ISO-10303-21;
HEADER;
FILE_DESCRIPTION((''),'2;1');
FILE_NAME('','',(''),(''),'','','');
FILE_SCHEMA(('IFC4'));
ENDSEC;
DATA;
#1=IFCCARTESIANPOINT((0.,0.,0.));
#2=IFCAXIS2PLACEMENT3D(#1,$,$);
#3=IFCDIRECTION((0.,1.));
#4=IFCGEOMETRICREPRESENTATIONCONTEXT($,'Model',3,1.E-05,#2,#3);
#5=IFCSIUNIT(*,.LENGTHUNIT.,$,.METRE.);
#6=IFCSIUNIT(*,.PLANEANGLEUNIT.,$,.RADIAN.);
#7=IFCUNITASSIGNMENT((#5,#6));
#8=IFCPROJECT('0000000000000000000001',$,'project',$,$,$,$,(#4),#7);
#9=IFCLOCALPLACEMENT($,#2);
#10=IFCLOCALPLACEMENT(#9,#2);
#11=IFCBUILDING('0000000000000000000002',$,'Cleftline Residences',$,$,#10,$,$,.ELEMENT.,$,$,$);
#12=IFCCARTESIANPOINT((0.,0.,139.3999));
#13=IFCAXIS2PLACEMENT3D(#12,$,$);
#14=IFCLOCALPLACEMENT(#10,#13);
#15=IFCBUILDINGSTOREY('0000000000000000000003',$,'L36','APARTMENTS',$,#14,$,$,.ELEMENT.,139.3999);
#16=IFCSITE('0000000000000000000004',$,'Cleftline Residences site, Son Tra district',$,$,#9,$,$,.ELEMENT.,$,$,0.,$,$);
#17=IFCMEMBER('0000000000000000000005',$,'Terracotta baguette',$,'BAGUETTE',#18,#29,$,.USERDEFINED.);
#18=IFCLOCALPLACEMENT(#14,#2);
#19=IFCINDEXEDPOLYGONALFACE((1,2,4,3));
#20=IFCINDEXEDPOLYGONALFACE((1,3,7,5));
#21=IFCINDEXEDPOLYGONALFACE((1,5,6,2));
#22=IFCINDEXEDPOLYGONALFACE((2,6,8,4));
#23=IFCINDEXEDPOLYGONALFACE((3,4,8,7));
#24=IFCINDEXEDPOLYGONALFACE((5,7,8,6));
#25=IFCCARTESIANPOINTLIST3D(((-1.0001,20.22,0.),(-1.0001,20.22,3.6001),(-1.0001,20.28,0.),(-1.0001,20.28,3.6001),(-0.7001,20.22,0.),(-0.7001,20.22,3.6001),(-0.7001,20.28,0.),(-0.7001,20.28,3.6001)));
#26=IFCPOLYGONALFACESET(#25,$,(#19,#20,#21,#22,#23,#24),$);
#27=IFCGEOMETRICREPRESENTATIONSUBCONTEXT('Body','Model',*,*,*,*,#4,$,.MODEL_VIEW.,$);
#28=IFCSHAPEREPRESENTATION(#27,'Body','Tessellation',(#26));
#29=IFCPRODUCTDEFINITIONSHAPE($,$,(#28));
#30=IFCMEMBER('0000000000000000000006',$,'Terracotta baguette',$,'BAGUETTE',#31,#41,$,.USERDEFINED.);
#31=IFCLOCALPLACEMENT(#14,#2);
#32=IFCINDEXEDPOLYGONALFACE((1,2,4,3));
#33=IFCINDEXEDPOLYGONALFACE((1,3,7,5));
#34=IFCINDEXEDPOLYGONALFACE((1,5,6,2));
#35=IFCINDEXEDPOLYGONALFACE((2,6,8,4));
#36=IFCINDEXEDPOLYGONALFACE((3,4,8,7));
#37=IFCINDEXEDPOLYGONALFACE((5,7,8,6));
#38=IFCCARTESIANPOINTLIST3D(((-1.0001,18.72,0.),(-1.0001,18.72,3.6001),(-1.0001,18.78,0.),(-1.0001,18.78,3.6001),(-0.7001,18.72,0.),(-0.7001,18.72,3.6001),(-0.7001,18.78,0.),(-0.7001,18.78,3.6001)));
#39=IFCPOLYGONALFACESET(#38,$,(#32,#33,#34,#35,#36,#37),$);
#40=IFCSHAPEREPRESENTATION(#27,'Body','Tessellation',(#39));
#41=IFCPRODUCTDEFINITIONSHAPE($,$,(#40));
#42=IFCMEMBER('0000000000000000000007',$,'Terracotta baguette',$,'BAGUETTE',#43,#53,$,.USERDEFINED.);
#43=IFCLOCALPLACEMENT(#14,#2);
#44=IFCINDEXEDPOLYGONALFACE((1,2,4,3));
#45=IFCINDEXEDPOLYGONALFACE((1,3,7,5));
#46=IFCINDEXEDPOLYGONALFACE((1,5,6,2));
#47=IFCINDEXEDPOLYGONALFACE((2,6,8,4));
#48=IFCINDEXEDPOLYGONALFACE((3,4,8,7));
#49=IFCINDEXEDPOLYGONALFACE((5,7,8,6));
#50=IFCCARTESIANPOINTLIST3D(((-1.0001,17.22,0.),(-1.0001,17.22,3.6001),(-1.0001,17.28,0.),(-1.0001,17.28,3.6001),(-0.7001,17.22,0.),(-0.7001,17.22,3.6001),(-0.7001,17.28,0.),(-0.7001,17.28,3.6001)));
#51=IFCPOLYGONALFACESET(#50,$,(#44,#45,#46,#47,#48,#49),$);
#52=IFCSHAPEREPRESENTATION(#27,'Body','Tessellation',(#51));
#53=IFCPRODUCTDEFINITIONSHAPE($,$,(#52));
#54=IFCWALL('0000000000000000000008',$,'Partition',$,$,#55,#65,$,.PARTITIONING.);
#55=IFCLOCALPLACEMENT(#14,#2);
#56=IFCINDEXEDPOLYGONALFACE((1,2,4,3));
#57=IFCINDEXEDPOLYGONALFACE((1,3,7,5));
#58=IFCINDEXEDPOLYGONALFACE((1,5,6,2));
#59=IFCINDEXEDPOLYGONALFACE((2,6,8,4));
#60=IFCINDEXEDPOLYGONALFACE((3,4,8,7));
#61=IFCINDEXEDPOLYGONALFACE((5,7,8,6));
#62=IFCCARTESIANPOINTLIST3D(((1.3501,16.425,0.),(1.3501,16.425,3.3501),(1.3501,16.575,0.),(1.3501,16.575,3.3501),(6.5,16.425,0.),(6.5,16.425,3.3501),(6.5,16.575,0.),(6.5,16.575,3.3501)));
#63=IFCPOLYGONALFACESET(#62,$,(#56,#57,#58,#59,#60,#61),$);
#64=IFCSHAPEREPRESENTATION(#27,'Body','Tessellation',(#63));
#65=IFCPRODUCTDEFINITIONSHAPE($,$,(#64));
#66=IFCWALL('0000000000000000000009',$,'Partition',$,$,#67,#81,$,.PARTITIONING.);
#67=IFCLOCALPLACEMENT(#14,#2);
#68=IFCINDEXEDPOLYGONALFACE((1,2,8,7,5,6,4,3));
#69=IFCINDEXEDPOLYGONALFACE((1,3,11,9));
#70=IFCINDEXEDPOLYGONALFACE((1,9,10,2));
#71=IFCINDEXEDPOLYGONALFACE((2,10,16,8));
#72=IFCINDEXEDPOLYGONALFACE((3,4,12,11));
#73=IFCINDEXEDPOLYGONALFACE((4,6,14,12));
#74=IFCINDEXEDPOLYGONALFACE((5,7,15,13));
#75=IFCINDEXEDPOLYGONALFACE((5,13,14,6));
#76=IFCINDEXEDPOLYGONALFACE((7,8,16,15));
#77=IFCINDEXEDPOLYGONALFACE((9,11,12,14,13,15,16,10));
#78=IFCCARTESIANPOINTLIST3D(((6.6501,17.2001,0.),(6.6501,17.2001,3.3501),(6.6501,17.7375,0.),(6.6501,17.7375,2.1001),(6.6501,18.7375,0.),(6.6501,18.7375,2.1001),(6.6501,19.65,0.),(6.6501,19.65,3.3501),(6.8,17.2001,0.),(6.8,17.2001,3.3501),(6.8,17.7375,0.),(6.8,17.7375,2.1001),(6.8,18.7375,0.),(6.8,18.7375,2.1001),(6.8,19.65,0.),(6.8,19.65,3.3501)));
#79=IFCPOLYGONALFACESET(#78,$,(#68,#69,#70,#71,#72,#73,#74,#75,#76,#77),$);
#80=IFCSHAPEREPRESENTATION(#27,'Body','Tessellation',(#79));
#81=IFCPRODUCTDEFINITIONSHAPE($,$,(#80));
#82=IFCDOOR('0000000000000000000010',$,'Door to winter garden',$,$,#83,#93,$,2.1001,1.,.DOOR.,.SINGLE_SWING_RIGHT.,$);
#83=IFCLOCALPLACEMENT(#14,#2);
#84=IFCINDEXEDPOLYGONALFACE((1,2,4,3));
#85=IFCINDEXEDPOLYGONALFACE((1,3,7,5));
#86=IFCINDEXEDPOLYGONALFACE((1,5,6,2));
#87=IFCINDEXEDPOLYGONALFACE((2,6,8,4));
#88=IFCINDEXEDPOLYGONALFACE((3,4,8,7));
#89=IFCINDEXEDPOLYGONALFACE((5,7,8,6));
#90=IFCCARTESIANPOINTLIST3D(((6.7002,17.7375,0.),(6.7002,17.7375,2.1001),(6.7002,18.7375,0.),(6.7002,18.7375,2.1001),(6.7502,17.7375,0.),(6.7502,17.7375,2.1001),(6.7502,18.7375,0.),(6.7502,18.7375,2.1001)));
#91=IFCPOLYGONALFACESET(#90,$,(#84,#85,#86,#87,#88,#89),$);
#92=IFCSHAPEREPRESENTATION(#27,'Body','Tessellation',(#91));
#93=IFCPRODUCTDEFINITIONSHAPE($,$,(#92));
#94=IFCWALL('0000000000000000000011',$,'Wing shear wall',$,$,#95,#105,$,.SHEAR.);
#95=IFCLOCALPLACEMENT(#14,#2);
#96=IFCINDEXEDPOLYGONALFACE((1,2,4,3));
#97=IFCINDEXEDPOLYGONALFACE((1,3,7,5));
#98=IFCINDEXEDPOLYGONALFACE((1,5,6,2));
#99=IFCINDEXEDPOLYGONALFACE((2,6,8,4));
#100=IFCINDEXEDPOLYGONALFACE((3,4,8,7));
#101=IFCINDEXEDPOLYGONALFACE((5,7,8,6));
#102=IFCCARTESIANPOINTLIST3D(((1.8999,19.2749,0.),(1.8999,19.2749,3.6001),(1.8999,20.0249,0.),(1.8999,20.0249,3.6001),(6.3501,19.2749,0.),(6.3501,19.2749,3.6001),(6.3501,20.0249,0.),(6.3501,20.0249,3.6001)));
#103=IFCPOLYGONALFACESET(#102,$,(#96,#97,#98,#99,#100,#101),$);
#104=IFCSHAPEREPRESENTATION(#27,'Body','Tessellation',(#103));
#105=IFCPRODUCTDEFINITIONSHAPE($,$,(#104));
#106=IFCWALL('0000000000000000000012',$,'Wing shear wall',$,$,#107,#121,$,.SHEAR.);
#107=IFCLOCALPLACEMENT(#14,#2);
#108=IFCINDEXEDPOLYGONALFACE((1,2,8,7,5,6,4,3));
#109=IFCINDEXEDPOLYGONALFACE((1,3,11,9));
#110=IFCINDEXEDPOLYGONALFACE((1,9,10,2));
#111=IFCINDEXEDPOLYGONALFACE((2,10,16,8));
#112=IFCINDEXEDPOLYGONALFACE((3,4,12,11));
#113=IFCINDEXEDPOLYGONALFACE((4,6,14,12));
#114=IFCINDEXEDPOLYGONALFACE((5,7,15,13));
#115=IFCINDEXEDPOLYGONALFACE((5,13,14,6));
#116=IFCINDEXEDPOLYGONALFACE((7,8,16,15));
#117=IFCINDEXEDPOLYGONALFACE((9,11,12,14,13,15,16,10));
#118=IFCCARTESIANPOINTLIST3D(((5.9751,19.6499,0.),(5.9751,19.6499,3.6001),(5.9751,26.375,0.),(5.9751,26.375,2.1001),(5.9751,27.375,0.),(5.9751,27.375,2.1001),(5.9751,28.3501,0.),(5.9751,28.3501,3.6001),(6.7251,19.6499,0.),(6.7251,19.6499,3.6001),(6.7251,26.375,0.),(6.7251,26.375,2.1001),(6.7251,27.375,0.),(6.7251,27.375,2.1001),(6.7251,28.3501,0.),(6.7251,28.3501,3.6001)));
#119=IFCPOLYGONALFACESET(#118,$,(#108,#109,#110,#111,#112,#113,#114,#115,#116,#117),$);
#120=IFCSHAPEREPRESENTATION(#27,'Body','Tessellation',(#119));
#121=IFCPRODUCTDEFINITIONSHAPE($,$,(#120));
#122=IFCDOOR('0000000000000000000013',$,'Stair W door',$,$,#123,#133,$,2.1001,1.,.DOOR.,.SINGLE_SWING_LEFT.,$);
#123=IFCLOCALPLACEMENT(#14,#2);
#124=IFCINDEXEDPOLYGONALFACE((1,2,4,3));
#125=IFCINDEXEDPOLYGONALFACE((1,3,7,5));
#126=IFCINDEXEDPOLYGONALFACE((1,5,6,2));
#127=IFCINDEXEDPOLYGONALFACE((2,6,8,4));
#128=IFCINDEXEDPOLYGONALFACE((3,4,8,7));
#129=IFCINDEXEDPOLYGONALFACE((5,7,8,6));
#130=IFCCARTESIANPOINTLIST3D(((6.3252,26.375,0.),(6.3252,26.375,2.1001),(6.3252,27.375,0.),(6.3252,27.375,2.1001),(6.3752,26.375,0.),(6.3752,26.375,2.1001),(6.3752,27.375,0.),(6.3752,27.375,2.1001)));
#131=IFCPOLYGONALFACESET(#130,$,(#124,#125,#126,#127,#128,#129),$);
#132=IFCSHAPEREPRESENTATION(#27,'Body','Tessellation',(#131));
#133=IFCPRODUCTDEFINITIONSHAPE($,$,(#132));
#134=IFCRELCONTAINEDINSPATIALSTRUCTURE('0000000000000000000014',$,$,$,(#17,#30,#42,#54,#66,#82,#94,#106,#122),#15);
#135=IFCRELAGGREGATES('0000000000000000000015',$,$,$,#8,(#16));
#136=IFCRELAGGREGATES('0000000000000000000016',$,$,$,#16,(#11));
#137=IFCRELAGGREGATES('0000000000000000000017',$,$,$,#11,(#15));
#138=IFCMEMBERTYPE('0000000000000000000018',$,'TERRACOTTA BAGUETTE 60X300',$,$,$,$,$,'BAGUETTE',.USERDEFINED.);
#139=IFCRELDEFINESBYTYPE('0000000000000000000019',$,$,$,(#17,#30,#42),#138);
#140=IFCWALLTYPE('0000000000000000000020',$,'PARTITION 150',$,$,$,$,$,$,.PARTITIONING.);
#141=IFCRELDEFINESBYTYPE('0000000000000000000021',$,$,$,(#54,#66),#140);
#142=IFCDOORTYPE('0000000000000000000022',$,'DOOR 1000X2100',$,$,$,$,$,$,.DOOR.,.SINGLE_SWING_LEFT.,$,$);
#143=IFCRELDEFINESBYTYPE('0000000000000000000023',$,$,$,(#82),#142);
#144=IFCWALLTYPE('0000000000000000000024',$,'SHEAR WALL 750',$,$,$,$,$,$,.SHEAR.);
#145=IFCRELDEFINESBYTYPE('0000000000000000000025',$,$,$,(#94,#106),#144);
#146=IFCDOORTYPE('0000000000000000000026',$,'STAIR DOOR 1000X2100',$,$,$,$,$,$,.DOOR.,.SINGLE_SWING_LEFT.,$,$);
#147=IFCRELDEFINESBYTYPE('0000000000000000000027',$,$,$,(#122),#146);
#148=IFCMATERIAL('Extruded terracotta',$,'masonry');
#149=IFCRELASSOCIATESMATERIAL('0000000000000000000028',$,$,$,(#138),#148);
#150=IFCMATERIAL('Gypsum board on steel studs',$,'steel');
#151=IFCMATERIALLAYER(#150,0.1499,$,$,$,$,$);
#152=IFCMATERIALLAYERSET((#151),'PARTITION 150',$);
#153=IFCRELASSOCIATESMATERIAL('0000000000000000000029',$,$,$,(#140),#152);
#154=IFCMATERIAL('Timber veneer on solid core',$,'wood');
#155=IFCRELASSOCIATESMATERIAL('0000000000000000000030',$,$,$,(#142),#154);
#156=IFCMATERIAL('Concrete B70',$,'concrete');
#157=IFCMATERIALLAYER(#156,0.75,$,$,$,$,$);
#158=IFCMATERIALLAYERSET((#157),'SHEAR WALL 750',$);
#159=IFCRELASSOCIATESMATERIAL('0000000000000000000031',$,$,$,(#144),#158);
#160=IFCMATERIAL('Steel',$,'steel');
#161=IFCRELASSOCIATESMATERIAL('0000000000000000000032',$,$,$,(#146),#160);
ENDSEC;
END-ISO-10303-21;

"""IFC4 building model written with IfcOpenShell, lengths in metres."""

from ifc_helpers import new_model, si_unit, direction, frame, frame_2d, origin, origin_2d, place, context, subcontext, project, spatial, rectangle, extrude, material, layer, layer_set, material_profile, profile_set, type_object, element, fill, save


model = new_model("IFC4")

# Units and contexts
model_context = context("Model", 3, precision=1e-05, world=origin(), true_north=direction((0.0, 1.0)))
body_context = subcontext(model_context, "Body", "Model", "MODEL_VIEW")
ifc_project = project(units=[si_unit("LENGTHUNIT", "METRE"), si_unit("PLANEANGLEUNIT", "RADIAN")], contexts=[model_context])

# Site, building, storey
site_placement = place(None, origin())
site = spatial("IfcSite", under=ifc_project, at=site_placement, Name="Cleftline Residences site, Son Tra district", CompositionType="ELEMENT", RefElevation=0.0)
building_placement = place(site_placement, origin())
building = spatial("IfcBuilding", under=site, at=building_placement, Name="Cleftline Residences", CompositionType="ELEMENT")
storey_placement = place(building_placement, frame((0.0, 0.0, 139.3999)))
storey = spatial("IfcBuildingStorey", under=building, at=storey_placement, Name="L36", Description="APARTMENTS", CompositionType="ELEMENT", Elevation=139.3999)

# Members
ifc_material_1 = material(Name="Extruded terracotta", Category="masonry")
ifc_material_profile_1 = material_profile(ifc_material_1, rectangle(XDim=0.0601, YDim=0.3, at=origin_2d()))
ifc_profile_set_1 = profile_set([ifc_material_profile_1], Name="Extruded terracotta")
member_type = type_object("IfcMemberType", Name="TERRACOTTA BAGUETTE 60X300", ElementType="BAGUETTE", PredefinedType="USERDEFINED", material=ifc_profile_set_1)
for number, where, z_axis, x_axis, name in (
    (1, (-0.8501, 20.25, 0.0), (0.0, 0.0, 1.0), (0.0, 1.0, 0.0), "Terracotta baguette"),
    (2, (-0.8501, 18.75, 0.0), (0.0, 0.0, 1.0), (0.0, 1.0, 0.0), "Terracotta baguette"),
    (3, (-0.8501, 17.25, 0.0), (0.0, 0.0, 1.0), (0.0, 1.0, 0.0), "Terracotta baguette"),
):
    element("IfcMember", number, at=place(storey_placement, frame(where, z_axis=z_axis, x_axis=x_axis)), inside=storey, type_object=member_type, Name=name, ObjectType="BAGUETTE", PredefinedType="USERDEFINED", context=body_context, shape_type="SweptSolid", body=[
        extrude(rectangle(XDim=0.0601, YDim=0.3, at=origin_2d()), origin(), (0.0, 0.0, 1.0), 3.6001),
    ])

# Wall
ifc_material_2 = material(Name="Gypsum board on steel studs", Category="steel")
ifc_layer_1 = layer(ifc_material_2, 0.1499)
ifc_layer_set_1 = layer_set([ifc_layer_1], Name="PARTITION 150")
wall_type_1 = type_object("IfcWallType", Name="PARTITION 150", PredefinedType="PARTITIONING", material=ifc_layer_set_1)
wall_1_placement = place(storey_placement, frame((1.3501, 16.5, 0.0), z_axis=(0.0, 0.0, 1.0), x_axis=(1.0, 0.0, 0.0)))
element("IfcWall", 4, at=wall_1_placement, inside=storey, type_object=wall_type_1, Name="Partition", PredefinedType="PARTITIONING", context=body_context, shape_type="SweptSolid", body=[
    extrude(rectangle(XDim=5.1499, YDim=0.1499, at=frame_2d((2.575, 0.0))), origin(), (0.0, 0.0, 1.0), 3.3501),
])

# Wall, opening, door
wall_2_placement = place(storey_placement, frame((6.7251, 17.2, 0.0), z_axis=(0.0, 0.0, 1.0), x_axis=(0.0, 1.0, 0.0)))
wall_2 = element("IfcWall", 5, at=wall_2_placement, inside=storey, type_object=wall_type_1, Name="Partition", PredefinedType="PARTITIONING", context=body_context, shape_type="SweptSolid", body=[
    extrude(rectangle(XDim=2.45, YDim=0.1499, at=frame_2d((1.2251, 0.0))), origin(), (0.0, 0.0, 1.0), 3.3501),
])
opening_1_placement = place(wall_2_placement, frame((0.5376, 0.0, 0.0)))
opening_1 = element("IfcOpeningElement", 6, at=opening_1_placement, cuts=wall_2, PredefinedType="OPENING", context=body_context, shape_type="SweptSolid", body=[
    extrude(rectangle(XDim=1.0, YDim=2.1001, at=frame_2d((0.5, 1.05))), frame((0.0, 0.085, 0.0), z_axis=(0.0, -1.0, 0.0), x_axis=(1.0, 0.0, 0.0)), (0.0, 0.0, 1.0), 0.1699),
])
ifc_material_3 = material(Name="Timber veneer on solid core", Category="wood")
door_type_1 = type_object("IfcDoorType", Name="DOOR 1000X2100", OperationType="SINGLE_SWING_LEFT", PredefinedType="DOOR", material=ifc_material_3)
door_1_placement = place(opening_1_placement, origin())
door_1 = element("IfcDoor", 7, at=door_1_placement, inside=storey, type_object=door_type_1, Name="Door to winter garden", OperationType="SINGLE_SWING_RIGHT", OverallHeight=2.1001, OverallWidth=1.0, PredefinedType="DOOR", context=body_context, shape_type="SweptSolid", body=[
    extrude(rectangle(XDim=1.0, YDim=2.1001, at=frame_2d((0.5, 1.05))), frame((0.0, 0.0249, 0.0), z_axis=(0.0, -1.0, 0.0), x_axis=(1.0, 0.0, 0.0)), (0.0, 0.0, 1.0), 0.05),
])
fill(opening_1, door_1)

# Wall
ifc_material_4 = material(Name="Concrete B70", Category="concrete")
ifc_layer_2 = layer(ifc_material_4, 0.75)
ifc_layer_set_2 = layer_set([ifc_layer_2], Name="SHEAR WALL 750")
wall_type_2 = type_object("IfcWallType", Name="SHEAR WALL 750", PredefinedType="SHEAR", material=ifc_layer_set_2)
wall_3_placement = place(storey_placement, frame((1.8999, 19.6499, 0.0), z_axis=(0.0, 0.0, 1.0), x_axis=(1.0, 0.0, 0.0)))
element("IfcWall", 8, at=wall_3_placement, inside=storey, type_object=wall_type_2, Name="Wing shear wall", PredefinedType="SHEAR", context=body_context, shape_type="SweptSolid", body=[
    extrude(rectangle(XDim=4.4502, YDim=0.75, at=frame_2d((2.2251, 0.0))), origin(), (0.0, 0.0, 1.0), 3.6001),
])

# Wall, opening, door
wall_4_placement = place(storey_placement, frame((6.3501, 19.6499, 0.0), z_axis=(0.0, 0.0, 1.0), x_axis=(0.0, 1.0, 0.0)))
wall_4 = element("IfcWall", 9, at=wall_4_placement, inside=storey, type_object=wall_type_2, Name="Wing shear wall", PredefinedType="SHEAR", context=body_context, shape_type="SweptSolid", body=[
    extrude(rectangle(XDim=8.7002, YDim=0.75, at=frame_2d((4.3501, 0.0))), origin(), (0.0, 0.0, 1.0), 3.6001),
])
opening_2_placement = place(wall_4_placement, frame((6.7251, 0.0, 0.0)))
opening_2 = element("IfcOpeningElement", 10, at=opening_2_placement, cuts=wall_4, PredefinedType="OPENING", context=body_context, shape_type="SweptSolid", body=[
    extrude(rectangle(XDim=1.0, YDim=2.1001, at=frame_2d((0.5, 1.05))), frame((0.0, 0.385, 0.0), z_axis=(0.0, -1.0, 0.0), x_axis=(1.0, 0.0, 0.0)), (0.0, 0.0, 1.0), 0.77),
])
ifc_material_5 = material(Name="Steel", Category="steel")
door_type_2 = type_object("IfcDoorType", Name="STAIR DOOR 1000X2100", OperationType="SINGLE_SWING_LEFT", PredefinedType="DOOR", material=ifc_material_5)
door_2_placement = place(opening_2_placement, origin())
door_2 = element("IfcDoor", 11, at=door_2_placement, inside=storey, type_object=door_type_2, Name="Stair W door", OperationType="SINGLE_SWING_LEFT", OverallHeight=2.1001, OverallWidth=1.0, PredefinedType="DOOR", context=body_context, shape_type="SweptSolid", body=[
    extrude(rectangle(XDim=1.0, YDim=2.1001, at=frame_2d((0.5, 1.05))), frame((0.0, 0.0249, 0.0), z_axis=(0.0, -1.0, 0.0), x_axis=(1.0, 0.0, 0.0)), (0.0, 0.0, 1.0), 0.05),
])
fill(opening_2, door_2)

save(model, "model.ifc")
